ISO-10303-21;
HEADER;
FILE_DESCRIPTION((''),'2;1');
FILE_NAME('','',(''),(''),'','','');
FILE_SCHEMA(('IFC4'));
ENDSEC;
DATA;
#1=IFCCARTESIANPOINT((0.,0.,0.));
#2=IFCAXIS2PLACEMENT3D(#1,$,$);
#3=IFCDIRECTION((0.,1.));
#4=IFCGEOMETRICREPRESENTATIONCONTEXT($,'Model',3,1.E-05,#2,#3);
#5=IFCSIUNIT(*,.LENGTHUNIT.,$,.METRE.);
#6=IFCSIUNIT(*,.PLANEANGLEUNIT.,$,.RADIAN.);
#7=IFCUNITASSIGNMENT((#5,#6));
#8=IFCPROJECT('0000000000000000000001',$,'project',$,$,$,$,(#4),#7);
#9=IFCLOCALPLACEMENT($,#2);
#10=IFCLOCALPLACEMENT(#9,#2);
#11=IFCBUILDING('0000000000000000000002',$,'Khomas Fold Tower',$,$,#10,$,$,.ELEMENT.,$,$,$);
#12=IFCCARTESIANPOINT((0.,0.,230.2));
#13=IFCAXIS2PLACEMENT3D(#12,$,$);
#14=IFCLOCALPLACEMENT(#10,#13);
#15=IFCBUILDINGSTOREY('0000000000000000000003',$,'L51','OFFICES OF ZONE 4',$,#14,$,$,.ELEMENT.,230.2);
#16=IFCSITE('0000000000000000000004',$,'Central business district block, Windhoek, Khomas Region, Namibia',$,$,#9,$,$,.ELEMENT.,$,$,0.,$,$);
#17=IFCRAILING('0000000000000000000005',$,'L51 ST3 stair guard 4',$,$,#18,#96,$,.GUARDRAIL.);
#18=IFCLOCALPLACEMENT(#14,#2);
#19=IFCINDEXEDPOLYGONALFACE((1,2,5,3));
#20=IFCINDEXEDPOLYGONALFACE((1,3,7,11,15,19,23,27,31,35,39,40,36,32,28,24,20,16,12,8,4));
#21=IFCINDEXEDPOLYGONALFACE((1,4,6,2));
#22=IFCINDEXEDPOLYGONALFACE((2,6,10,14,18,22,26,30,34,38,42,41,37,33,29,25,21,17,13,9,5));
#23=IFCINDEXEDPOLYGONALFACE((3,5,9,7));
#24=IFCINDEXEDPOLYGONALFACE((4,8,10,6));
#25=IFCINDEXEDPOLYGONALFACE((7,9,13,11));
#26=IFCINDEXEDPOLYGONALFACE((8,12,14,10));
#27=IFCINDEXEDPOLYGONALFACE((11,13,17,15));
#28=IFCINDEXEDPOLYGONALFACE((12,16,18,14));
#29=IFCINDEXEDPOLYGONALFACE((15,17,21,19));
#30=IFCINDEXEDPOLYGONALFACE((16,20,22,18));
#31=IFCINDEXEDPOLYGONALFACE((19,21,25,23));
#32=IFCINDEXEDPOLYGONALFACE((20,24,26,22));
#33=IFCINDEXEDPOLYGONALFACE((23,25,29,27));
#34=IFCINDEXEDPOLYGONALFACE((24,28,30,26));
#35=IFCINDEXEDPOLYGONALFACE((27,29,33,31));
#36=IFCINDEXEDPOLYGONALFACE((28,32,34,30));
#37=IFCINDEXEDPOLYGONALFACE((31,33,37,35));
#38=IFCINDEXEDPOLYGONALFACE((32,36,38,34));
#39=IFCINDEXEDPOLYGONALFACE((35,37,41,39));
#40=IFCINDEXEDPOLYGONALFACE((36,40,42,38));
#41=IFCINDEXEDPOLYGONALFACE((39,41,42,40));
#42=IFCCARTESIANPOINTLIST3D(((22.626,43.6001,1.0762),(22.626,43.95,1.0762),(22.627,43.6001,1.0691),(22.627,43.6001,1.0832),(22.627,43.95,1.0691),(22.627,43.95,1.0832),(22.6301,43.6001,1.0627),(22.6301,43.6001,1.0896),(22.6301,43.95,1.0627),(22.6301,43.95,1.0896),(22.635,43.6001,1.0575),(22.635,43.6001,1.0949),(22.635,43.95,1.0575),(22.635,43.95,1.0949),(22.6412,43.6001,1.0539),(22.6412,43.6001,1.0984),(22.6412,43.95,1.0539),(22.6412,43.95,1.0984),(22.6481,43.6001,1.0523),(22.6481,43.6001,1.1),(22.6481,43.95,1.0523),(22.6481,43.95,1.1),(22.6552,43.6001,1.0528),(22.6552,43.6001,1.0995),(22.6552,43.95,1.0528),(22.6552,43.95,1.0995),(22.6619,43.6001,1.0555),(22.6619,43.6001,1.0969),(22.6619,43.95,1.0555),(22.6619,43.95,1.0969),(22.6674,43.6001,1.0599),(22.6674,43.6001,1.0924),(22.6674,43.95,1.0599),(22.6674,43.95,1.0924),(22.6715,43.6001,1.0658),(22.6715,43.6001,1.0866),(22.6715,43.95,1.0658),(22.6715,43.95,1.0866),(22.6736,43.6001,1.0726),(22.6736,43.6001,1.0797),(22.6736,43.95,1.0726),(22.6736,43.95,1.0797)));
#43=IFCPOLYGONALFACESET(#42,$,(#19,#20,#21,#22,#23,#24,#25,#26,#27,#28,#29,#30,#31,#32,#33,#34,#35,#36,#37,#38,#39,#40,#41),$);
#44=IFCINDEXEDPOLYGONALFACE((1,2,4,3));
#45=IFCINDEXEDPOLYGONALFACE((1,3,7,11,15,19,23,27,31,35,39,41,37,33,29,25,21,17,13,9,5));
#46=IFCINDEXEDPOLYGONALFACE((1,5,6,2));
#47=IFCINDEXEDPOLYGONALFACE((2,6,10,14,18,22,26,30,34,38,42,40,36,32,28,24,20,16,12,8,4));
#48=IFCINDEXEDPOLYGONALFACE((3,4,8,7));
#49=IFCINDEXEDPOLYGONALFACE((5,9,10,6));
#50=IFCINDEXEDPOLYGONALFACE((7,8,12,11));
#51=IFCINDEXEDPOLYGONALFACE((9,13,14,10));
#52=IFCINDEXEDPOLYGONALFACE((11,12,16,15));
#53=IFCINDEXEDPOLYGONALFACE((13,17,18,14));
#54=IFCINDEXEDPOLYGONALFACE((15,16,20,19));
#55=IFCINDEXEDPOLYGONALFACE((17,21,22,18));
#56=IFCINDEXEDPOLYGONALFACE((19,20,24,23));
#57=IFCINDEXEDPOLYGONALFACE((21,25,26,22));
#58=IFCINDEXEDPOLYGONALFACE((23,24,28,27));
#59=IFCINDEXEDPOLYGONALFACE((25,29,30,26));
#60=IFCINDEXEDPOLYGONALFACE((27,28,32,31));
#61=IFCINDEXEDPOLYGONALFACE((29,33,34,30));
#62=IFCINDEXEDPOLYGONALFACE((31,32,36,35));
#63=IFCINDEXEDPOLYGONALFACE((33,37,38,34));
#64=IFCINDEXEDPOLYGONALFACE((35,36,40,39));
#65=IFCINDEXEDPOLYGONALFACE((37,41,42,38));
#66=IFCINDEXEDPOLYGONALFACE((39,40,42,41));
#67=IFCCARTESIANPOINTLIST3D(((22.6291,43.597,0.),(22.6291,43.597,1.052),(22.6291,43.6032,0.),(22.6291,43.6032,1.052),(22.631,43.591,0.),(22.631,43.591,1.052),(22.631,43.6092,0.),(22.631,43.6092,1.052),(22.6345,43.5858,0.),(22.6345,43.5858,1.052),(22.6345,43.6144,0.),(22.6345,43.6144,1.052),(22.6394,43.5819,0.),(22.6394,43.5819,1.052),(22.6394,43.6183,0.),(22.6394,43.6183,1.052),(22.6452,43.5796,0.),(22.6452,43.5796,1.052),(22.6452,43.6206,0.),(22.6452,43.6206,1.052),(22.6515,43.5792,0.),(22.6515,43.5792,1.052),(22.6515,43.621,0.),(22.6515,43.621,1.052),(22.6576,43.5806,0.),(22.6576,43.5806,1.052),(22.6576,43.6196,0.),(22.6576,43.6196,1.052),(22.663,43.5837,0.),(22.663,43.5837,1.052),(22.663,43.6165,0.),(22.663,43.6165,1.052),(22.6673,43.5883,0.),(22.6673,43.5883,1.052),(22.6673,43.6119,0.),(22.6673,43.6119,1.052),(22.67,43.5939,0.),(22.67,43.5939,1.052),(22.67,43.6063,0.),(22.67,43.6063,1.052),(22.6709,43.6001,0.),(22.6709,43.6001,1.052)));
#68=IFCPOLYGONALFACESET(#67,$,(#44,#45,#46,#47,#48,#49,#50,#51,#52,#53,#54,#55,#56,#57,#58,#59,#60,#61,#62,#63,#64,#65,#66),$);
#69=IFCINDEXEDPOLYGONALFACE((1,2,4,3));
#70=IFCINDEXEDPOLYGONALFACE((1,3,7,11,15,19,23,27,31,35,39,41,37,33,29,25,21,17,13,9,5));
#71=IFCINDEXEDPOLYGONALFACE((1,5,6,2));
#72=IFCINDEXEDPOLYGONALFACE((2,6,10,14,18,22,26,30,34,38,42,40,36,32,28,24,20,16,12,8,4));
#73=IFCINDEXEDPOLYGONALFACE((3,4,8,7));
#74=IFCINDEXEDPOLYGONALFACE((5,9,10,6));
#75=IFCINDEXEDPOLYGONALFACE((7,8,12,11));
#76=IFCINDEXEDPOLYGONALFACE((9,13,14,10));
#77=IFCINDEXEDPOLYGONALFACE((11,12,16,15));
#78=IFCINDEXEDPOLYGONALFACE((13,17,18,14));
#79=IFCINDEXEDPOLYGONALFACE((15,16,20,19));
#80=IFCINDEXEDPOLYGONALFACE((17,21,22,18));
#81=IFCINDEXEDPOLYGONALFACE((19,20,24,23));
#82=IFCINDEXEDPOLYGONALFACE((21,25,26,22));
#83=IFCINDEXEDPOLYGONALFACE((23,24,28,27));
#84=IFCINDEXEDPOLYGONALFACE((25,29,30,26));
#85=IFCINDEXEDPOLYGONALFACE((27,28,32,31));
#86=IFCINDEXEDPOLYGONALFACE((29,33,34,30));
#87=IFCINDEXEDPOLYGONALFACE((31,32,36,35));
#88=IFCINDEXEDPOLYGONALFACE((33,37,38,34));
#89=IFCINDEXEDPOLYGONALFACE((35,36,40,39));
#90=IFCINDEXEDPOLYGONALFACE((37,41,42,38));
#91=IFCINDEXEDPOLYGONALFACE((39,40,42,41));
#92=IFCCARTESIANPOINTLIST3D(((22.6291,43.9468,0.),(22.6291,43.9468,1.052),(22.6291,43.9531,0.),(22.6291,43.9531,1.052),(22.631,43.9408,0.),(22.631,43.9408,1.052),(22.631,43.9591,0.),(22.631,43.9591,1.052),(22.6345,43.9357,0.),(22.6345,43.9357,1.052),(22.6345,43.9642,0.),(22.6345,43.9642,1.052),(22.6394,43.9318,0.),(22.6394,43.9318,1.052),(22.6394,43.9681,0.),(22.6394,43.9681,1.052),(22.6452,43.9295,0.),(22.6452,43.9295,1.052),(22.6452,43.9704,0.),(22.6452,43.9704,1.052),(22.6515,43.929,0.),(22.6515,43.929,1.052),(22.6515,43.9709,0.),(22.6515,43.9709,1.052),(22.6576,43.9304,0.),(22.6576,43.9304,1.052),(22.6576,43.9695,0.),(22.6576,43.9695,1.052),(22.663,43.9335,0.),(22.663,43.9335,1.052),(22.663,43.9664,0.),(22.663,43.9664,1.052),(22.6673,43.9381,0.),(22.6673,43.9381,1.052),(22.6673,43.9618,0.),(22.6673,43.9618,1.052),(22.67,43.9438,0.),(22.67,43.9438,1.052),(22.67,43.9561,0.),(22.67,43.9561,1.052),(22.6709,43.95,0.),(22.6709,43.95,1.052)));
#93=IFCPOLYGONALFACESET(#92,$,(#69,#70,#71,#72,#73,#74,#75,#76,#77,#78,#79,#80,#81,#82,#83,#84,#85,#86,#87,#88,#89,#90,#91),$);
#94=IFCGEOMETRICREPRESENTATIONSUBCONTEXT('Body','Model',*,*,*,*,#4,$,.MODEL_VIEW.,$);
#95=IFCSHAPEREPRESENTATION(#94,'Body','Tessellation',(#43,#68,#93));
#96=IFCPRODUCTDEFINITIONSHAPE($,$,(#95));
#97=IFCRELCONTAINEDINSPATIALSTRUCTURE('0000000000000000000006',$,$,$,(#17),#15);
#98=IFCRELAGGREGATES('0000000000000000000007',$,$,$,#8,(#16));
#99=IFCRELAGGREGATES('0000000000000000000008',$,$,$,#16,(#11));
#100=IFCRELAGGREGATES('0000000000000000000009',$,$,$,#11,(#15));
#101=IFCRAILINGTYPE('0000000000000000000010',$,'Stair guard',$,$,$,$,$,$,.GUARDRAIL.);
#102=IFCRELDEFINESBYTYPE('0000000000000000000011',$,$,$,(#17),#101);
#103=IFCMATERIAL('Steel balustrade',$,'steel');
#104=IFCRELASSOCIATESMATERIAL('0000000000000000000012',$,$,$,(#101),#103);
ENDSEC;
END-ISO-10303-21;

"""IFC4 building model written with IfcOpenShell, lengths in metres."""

from ifc_helpers import new_model, si_unit, direction, frame, origin, origin_2d, place, context, subcontext, project, spatial, circle, extrude, source, transform, mapped, material, type_object, element, save


model = new_model("IFC4")

# Units and contexts
model_context = context("Model", 3, precision=1e-05, world=origin(), true_north=direction((0.0, 1.0)))
body_context = subcontext(model_context, "Body", "Model", "MODEL_VIEW")
ifc_project = project(units=[si_unit("LENGTHUNIT", "METRE"), si_unit("PLANEANGLEUNIT", "RADIAN")], contexts=[model_context])

# Site, building, storey
site_placement = place(None, origin())
site = spatial("IfcSite", under=ifc_project, at=site_placement, Name="Central business district block, Windhoek, Khomas Region, Namibia", CompositionType="ELEMENT", RefElevation=0.0)
building_placement = place(site_placement, origin())
building = spatial("IfcBuilding", under=site, at=building_placement, Name="Khomas Fold Tower", CompositionType="ELEMENT")
storey_placement = place(building_placement, frame((0.0, 0.0, 230.2)))
storey = spatial("IfcBuildingStorey", under=building, at=storey_placement, Name="L51", Description="OFFICES OF ZONE 4", CompositionType="ELEMENT", Elevation=230.2)

# Railing
ifc_material_1 = material(Name="Steel balustrade", Category="steel")
railing_type_1 = type_object("IfcRailingType", Name="Stair guard", PredefinedType="GUARDRAIL", material=ifc_material_1)
shared_shape_1 = source(origin(), body_context, "Body", "SweptSolid", [
    extrude(circle(Radius=0.0239, at=origin_2d()), frame((0.0, 0.0, 1.0762), z_axis=(0.0, 1.0, 0.0), x_axis=(-1.0, 0.0, 0.0)), (0.0, 0.0, 1.0), 0.3499),
    extrude(circle(Radius=0.021, at=origin_2d()), origin(), (0.0, 0.0, 1.0), 1.052),
    extrude(circle(Radius=0.021, at=origin_2d()), frame((0.0, 0.3499, 0.0)), (0.0, 0.0, 1.0), 1.052),
])
for number, where, name in (
    (1, (22.6499, 43.6001, 0.0), "L51 ST3 stair guard 4"),
):
    element("IfcRailing", number, at=place(storey_placement, frame(where)), inside=storey, type_object=railing_type_1, Name=name, PredefinedType="GUARDRAIL", context=body_context, shape_type="MappedRepresentation", body=[
        mapped(shared_shape_1, transform((0.0, 0.0, 0.0))),
    ])

save(model, "model.ifc")
